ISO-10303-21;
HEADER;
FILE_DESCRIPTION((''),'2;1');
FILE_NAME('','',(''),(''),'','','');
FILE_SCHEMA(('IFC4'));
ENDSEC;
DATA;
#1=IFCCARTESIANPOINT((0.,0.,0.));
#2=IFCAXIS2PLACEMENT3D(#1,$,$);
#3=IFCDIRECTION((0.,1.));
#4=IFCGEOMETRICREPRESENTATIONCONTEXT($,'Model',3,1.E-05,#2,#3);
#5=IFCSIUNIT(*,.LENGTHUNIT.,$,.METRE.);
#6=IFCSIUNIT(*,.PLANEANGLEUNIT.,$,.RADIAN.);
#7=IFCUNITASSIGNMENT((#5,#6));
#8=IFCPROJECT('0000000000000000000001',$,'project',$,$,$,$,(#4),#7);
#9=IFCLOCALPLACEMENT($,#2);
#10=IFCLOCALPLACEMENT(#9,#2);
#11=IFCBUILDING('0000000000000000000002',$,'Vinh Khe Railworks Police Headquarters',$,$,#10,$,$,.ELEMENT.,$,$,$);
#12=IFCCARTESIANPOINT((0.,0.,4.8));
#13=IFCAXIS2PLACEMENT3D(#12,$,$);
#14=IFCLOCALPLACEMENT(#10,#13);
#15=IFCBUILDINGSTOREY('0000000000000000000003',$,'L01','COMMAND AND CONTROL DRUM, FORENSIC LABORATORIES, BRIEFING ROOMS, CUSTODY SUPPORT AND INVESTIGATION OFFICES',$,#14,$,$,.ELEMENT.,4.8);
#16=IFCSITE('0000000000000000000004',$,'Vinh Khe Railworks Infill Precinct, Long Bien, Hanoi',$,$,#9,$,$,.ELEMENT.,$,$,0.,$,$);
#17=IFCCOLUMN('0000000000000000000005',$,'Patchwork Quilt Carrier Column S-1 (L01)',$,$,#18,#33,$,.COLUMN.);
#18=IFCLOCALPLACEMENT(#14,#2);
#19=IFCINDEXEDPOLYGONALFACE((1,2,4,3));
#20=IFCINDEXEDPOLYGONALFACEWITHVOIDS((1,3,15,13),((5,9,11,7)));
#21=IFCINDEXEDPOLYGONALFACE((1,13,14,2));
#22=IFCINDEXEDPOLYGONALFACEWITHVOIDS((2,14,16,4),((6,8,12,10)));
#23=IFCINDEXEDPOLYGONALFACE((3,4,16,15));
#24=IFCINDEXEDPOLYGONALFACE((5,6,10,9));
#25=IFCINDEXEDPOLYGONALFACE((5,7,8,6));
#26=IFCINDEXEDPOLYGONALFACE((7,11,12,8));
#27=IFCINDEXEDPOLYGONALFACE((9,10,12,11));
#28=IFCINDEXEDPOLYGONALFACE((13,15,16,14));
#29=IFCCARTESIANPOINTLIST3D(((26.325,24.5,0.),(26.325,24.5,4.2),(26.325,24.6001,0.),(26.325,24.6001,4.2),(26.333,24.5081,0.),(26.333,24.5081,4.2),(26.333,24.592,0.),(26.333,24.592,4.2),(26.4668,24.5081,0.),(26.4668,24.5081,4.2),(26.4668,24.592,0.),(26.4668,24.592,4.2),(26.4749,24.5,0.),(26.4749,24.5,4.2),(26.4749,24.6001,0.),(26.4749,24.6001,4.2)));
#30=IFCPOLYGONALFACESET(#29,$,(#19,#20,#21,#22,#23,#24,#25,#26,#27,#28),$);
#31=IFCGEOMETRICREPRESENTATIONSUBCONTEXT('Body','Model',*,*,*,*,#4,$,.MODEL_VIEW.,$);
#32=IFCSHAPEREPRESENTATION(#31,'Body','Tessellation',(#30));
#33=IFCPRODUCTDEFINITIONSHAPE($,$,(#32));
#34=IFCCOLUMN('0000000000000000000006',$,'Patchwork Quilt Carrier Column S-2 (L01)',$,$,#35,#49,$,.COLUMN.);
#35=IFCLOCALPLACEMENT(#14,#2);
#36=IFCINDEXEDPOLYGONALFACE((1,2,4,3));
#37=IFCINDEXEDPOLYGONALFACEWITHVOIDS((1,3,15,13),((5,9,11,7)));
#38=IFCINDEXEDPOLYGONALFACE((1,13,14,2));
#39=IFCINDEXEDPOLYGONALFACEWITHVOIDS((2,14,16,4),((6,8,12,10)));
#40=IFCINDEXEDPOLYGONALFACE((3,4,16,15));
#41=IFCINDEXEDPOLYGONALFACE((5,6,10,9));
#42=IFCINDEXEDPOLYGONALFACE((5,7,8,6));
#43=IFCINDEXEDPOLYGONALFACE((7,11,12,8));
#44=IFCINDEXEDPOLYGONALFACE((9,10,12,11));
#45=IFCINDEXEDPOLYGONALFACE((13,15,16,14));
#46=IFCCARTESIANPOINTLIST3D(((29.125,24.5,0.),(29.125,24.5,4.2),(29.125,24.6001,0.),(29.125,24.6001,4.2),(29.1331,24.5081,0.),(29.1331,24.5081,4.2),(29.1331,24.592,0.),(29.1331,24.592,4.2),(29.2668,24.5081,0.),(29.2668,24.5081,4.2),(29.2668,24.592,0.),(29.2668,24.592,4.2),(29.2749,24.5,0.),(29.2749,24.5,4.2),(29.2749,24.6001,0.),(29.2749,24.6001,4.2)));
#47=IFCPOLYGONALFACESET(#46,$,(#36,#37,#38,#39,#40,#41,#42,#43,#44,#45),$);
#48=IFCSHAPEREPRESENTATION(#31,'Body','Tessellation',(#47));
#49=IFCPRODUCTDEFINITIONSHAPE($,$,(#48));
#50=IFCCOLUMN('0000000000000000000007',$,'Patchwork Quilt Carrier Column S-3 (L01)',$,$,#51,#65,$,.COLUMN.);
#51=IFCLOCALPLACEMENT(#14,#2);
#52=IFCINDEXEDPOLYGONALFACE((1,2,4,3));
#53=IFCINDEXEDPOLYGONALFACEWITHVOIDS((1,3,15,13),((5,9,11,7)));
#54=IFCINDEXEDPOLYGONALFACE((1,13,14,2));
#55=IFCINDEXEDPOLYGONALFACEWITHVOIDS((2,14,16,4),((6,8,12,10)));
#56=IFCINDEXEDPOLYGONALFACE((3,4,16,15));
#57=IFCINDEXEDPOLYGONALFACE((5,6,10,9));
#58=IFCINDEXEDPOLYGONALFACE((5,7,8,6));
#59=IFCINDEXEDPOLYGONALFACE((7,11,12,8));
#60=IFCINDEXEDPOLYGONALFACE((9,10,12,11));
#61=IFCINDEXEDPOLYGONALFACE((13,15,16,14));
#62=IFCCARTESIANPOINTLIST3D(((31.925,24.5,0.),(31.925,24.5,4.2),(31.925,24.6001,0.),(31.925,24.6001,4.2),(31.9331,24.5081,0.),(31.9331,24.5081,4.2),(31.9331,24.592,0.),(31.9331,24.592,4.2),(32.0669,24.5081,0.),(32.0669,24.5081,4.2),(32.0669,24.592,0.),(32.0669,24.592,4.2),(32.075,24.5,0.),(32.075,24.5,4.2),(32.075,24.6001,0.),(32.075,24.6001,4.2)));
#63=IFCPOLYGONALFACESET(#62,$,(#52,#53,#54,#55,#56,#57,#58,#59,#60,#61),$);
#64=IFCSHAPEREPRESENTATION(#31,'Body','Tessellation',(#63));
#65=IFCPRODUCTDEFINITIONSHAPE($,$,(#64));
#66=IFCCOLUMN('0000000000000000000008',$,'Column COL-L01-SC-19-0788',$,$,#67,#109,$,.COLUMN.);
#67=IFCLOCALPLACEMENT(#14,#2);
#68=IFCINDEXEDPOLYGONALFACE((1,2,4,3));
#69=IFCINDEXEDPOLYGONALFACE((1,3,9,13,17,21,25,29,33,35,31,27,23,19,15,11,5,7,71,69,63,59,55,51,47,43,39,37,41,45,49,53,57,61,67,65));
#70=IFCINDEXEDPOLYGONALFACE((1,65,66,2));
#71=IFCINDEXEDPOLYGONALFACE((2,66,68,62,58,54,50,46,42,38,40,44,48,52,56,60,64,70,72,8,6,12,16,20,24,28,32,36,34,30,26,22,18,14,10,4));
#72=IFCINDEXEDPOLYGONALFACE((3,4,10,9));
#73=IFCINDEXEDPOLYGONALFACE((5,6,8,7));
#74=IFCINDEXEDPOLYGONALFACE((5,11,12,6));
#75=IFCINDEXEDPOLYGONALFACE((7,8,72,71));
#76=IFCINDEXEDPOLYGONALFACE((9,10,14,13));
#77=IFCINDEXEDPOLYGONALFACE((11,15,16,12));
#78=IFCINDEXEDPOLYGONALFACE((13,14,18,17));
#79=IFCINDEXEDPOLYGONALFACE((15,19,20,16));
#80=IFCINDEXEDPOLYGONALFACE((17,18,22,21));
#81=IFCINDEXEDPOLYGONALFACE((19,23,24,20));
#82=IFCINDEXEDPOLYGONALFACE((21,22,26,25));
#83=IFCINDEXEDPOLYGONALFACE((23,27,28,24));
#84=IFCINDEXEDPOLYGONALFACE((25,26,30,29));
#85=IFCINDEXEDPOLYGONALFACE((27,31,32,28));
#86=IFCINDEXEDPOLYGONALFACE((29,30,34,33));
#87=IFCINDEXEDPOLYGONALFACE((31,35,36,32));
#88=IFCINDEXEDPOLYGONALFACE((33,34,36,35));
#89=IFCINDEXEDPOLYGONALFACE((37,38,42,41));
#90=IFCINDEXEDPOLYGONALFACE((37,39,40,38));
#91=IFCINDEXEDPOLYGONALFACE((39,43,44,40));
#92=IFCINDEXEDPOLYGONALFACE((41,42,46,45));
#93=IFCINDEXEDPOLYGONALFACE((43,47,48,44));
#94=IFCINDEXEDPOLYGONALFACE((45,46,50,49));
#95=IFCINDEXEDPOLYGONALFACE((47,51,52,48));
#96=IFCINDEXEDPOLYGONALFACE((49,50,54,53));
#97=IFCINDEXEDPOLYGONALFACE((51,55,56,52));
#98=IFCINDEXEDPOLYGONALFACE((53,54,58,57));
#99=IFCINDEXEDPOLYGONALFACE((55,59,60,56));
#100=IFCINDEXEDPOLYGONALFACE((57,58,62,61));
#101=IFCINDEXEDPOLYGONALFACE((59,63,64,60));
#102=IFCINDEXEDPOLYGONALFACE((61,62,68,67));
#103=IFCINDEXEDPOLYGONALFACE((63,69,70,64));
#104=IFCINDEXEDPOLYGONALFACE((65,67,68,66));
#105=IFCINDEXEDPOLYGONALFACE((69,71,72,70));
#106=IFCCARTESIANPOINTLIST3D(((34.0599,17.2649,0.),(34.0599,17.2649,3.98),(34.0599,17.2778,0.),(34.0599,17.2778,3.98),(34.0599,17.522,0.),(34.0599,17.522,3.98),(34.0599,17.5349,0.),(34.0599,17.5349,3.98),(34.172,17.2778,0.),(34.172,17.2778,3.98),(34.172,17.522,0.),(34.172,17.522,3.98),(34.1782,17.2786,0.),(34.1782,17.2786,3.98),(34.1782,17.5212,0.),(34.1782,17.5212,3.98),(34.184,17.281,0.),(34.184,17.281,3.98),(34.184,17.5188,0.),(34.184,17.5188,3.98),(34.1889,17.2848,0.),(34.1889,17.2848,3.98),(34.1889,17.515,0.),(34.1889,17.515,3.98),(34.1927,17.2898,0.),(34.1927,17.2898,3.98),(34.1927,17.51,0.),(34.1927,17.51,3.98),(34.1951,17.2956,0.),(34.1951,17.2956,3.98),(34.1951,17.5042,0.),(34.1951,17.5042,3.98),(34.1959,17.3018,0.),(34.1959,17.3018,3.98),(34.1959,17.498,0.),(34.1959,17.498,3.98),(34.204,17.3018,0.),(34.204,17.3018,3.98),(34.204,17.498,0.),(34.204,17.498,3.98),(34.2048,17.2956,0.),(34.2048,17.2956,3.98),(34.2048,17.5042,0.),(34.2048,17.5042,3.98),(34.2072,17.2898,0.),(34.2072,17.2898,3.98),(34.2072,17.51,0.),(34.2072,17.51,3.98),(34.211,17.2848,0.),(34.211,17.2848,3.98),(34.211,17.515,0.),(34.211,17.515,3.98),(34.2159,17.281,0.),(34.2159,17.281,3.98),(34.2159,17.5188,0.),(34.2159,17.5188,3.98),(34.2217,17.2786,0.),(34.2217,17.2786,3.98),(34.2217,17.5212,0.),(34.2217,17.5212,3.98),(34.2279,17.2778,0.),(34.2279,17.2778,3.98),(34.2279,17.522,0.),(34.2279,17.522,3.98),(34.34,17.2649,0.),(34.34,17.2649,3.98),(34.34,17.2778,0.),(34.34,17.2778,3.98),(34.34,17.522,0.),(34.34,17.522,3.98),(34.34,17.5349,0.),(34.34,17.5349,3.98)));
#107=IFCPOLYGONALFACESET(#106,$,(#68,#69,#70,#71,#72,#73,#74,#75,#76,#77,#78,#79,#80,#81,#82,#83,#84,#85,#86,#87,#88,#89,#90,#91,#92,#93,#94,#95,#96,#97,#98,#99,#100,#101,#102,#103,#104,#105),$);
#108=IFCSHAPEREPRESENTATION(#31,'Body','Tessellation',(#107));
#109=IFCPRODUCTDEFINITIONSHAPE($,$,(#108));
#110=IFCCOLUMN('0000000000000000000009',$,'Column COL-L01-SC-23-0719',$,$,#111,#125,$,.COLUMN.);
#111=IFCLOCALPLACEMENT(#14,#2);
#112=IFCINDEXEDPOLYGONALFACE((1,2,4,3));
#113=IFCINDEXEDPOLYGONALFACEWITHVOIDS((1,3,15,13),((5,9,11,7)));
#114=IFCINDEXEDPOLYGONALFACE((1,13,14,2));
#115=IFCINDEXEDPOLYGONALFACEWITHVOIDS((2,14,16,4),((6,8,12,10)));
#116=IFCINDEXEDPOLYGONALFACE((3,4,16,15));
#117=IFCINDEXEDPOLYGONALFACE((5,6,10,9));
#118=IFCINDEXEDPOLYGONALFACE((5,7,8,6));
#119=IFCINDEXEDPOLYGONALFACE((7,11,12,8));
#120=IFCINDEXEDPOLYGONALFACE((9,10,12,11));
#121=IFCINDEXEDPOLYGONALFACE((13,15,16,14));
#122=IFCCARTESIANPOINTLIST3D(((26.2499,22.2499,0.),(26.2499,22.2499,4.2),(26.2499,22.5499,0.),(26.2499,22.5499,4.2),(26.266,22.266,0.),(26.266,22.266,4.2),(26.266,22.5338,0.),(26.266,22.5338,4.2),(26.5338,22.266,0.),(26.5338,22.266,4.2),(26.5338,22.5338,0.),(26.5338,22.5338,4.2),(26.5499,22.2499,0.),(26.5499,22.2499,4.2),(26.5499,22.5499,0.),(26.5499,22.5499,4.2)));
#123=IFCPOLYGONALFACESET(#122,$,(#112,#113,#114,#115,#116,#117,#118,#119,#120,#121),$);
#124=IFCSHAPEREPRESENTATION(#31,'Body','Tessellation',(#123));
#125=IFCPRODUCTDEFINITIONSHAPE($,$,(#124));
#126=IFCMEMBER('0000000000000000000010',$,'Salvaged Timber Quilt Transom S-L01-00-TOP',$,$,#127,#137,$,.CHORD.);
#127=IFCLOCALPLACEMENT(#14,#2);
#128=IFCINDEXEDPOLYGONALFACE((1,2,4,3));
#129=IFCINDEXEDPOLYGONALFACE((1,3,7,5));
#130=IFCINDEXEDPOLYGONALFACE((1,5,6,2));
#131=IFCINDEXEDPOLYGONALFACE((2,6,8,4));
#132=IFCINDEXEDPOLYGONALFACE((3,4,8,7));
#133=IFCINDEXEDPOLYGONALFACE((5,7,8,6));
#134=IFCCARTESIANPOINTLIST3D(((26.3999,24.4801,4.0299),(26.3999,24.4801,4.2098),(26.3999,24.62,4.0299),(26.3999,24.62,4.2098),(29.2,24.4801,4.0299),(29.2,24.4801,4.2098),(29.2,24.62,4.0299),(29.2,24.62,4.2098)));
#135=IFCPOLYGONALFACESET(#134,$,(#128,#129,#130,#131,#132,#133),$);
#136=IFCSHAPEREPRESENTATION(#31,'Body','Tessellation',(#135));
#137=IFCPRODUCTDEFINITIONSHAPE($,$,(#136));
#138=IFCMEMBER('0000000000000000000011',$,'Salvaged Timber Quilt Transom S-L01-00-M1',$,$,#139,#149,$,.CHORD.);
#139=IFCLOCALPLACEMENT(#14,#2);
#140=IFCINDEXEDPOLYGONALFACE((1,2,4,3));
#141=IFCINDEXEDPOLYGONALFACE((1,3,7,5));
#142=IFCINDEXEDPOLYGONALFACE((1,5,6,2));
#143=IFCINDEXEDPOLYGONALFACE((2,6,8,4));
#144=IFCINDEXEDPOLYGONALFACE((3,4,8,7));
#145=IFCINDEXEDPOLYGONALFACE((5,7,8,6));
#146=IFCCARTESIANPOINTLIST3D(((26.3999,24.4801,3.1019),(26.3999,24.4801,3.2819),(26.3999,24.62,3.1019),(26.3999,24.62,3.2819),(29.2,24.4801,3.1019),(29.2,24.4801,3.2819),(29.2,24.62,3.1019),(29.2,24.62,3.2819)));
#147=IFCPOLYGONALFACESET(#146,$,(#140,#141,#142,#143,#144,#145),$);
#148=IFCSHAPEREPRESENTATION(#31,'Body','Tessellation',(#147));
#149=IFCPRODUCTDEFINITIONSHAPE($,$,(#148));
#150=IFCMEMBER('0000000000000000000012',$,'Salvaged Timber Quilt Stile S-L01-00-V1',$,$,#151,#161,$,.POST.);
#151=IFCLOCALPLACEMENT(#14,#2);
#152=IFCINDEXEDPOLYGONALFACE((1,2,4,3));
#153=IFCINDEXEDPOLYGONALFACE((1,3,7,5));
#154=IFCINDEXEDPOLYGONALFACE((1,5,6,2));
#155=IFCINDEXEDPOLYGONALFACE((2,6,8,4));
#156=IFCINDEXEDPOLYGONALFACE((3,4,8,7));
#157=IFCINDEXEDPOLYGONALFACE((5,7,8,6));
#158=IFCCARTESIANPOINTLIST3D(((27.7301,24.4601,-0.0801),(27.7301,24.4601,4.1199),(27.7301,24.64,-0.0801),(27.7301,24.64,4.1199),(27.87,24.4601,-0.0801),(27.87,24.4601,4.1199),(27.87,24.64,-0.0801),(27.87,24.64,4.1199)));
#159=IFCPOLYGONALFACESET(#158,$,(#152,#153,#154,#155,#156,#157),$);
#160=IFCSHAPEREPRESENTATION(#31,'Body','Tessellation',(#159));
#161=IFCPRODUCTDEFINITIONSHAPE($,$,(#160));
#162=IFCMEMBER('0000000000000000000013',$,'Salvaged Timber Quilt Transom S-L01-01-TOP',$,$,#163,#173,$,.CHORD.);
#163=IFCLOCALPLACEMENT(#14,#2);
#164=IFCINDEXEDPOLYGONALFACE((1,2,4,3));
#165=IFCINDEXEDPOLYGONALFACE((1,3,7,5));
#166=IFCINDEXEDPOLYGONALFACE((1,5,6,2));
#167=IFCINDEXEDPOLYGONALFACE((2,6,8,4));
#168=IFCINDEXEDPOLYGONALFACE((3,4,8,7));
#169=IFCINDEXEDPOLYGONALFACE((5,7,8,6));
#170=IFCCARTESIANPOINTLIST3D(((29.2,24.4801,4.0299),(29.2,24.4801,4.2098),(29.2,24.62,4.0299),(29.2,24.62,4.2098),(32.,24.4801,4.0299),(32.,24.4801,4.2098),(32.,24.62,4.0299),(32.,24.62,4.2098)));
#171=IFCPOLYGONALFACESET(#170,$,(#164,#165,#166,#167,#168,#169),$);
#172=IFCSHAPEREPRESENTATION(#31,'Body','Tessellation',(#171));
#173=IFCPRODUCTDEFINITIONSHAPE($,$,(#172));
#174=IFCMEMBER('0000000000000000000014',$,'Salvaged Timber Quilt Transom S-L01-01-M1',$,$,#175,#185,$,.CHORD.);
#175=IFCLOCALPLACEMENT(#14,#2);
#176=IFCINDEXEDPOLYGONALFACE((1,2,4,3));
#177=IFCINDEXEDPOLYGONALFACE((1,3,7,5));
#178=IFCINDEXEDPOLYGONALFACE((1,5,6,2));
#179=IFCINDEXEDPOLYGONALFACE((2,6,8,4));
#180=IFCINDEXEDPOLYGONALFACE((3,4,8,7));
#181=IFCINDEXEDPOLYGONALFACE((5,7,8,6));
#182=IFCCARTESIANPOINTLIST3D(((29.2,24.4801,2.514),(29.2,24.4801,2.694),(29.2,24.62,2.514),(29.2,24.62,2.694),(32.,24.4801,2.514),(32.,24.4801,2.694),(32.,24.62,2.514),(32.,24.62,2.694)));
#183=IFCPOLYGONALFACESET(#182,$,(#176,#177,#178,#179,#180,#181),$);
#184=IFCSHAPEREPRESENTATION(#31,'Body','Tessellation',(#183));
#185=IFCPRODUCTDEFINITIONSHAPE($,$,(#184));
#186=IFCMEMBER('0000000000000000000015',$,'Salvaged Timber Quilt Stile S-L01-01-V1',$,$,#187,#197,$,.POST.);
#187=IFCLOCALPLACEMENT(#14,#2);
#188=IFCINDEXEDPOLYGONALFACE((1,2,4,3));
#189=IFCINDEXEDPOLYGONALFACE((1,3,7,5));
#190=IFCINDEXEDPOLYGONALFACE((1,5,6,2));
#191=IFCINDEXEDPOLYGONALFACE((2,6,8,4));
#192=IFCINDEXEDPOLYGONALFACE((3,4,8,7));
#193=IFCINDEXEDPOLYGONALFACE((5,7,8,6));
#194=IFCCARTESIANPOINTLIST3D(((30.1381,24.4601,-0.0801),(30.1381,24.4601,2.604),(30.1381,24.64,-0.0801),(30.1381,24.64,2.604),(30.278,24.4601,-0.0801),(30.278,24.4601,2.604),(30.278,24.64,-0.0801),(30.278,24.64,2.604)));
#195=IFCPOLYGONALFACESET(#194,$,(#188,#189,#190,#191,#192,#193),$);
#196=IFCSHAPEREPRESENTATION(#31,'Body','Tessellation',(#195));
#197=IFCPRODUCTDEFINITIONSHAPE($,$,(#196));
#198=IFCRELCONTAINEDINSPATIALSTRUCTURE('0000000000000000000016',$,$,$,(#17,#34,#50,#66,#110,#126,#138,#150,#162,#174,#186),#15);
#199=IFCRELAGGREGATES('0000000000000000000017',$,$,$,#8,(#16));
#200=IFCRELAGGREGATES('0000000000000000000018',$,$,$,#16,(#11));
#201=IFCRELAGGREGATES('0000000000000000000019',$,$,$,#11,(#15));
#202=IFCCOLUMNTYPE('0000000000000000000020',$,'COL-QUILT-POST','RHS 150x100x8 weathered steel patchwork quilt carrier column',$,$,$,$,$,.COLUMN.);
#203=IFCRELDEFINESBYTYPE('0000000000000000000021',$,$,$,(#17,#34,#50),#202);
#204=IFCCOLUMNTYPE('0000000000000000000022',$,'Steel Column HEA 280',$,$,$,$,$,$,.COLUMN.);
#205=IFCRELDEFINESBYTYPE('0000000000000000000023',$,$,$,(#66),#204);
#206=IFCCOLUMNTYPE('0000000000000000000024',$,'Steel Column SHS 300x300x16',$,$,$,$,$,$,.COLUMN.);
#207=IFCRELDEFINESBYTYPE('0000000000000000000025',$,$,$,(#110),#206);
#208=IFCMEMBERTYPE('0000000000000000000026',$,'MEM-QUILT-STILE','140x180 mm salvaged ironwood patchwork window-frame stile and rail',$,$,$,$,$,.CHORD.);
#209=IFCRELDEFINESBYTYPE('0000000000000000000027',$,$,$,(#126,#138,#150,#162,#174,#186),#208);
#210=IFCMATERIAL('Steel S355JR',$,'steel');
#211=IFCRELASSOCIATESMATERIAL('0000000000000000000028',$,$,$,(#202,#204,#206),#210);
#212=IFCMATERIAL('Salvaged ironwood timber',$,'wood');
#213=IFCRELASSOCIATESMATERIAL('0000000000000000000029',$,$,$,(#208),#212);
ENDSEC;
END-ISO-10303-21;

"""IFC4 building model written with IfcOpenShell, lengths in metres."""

from ifc_helpers import new_model, si_unit, direction, frame, origin, origin_2d, place, context, subcontext, project, spatial, rectangle, hollow_rectangle, i_section, extrude, material, material_profile, profile_set, type_object, element, save


model = new_model("IFC4")

# Units and contexts
model_context = context("Model", 3, precision=1e-05, world=origin(), true_north=direction((0.0, 1.0)))
body_context = subcontext(model_context, "Body", "Model", "MODEL_VIEW")
ifc_project = project(units=[si_unit("LENGTHUNIT", "METRE"), si_unit("PLANEANGLEUNIT", "RADIAN")], contexts=[model_context])

# Site, building, storey
site_placement = place(None, origin())
site = spatial("IfcSite", under=ifc_project, at=site_placement, Name="Vinh Khe Railworks Infill Precinct, Long Bien, Hanoi", CompositionType="ELEMENT", RefElevation=0.0)
building_placement = place(site_placement, origin())
building = spatial("IfcBuilding", under=site, at=building_placement, Name="Vinh Khe Railworks Police Headquarters", CompositionType="ELEMENT")
storey_placement = place(building_placement, frame((0.0, 0.0, 4.8)))
storey = spatial("IfcBuildingStorey", under=building, at=storey_placement, Name="L01", Description="COMMAND AND CONTROL DRUM, FORENSIC LABORATORIES, BRIEFING ROOMS, CUSTODY SUPPORT AND INVESTIGATION OFFICES", CompositionType="ELEMENT", Elevation=4.8)

# Columns
ifc_material_1 = material(Name="Steel S355JR", Category="steel")
ifc_material_profile_1 = material_profile(ifc_material_1, hollow_rectangle(XDim=0.1499, YDim=0.1001, WallThickness=0.0081, at=origin_2d()), Name="RHS 150x100x8")
ifc_profile_set_1 = profile_set([ifc_material_profile_1], Name="Steel S355JR")
column_type_1 = type_object("IfcColumnType", Name="COL-QUILT-POST", Description="RHS 150x100x8 weathered steel patchwork quilt carrier column", PredefinedType="COLUMN", material=ifc_profile_set_1)
for number, where, z_axis, x_axis, name in (
    (1, (26.3999, 24.55, 0.0), (0.0, 0.0, 1.0), (1.0, 0.0, 0.0), "Patchwork Quilt Carrier Column S-1 (L01)"),
    (2, (29.2, 24.55, 0.0), (0.0, 0.0, 1.0), (1.0, 0.0, 0.0), "Patchwork Quilt Carrier Column S-2 (L01)"),
    (3, (32.0, 24.55, 0.0), (0.0, 0.0, 1.0), (1.0, 0.0, 0.0), "Patchwork Quilt Carrier Column S-3 (L01)"),
):
    element("IfcColumn", number, at=place(storey_placement, frame(where, z_axis=z_axis, x_axis=x_axis)), inside=storey, type_object=column_type_1, Name=name, PredefinedType="COLUMN", context=body_context, shape_type="SweptSolid", body=[
        extrude(hollow_rectangle(XDim=0.1499, YDim=0.1001, WallThickness=0.0081, at=origin_2d()), origin(), (0.0, 0.0, 1.0), 4.2),
    ])
ifc_material_profile_2 = material_profile(ifc_material_1, i_section(OverallWidth=0.28, OverallDepth=0.27, WebThickness=0.0081, FlangeThickness=0.0129, FilletRadius=0.0239, at=origin_2d()), Name="HEA 280")
ifc_profile_set_2 = profile_set([ifc_material_profile_2], Name="Steel S355JR")
column_type_2 = type_object("IfcColumnType", Name="Steel Column HEA 280", PredefinedType="COLUMN", material=ifc_profile_set_2)
column_1_placement = place(storey_placement, frame((34.2, 17.3999, 0.0), z_axis=(0.0, 0.0, 1.0), x_axis=(1.0, 0.0, 0.0)))
element("IfcColumn", 4, at=column_1_placement, inside=storey, type_object=column_type_2, Name="Column COL-L01-SC-19-0788", PredefinedType="COLUMN", context=body_context, shape_type="SweptSolid", body=[
    extrude(i_section(OverallWidth=0.28, OverallDepth=0.27, WebThickness=0.0081, FlangeThickness=0.0129, FilletRadius=0.0239, at=origin_2d()), origin(), (0.0, 0.0, 1.0), 3.98),
])
ifc_material_profile_3 = material_profile(ifc_material_1, hollow_rectangle(XDim=0.3, YDim=0.3, WallThickness=0.0161, at=origin_2d()), Name="SHS 300x300x16")
ifc_profile_set_3 = profile_set([ifc_material_profile_3], Name="Steel S355JR")
column_type_3 = type_object("IfcColumnType", Name="Steel Column SHS 300x300x16", PredefinedType="COLUMN", material=ifc_profile_set_3)
column_2_placement = place(storey_placement, frame((26.3999, 22.3999, 0.0), z_axis=(0.0, 0.0, 1.0), x_axis=(1.0, 0.0, 0.0)))
element("IfcColumn", 5, at=column_2_placement, inside=storey, type_object=column_type_3, Name="Column COL-L01-SC-23-0719", PredefinedType="COLUMN", context=body_context, shape_type="SweptSolid", body=[
    extrude(hollow_rectangle(XDim=0.3, YDim=0.3, WallThickness=0.0161, at=origin_2d()), origin(), (0.0, 0.0, 1.0), 4.2),
])

# Members
ifc_material_2 = material(Name="Salvaged ironwood timber", Category="wood")
ifc_material_profile_4 = material_profile(ifc_material_2, rectangle(XDim=0.1399, YDim=0.1799, at=origin_2d()), Name="TIMBER 140x180")
ifc_profile_set_4 = profile_set([ifc_material_profile_4], Name="Salvaged ironwood timber")
member_type = type_object("IfcMemberType", Name="MEM-QUILT-STILE", Description="140x180 mm salvaged ironwood patchwork window-frame stile and rail", PredefinedType="CHORD", material=ifc_profile_set_4)
for number, where, z_axis, x_axis, name in (
    (6, (26.3999, 24.55, 4.1199), (1.0, 0.0, 0.0), (0.0, 1.0, 0.0), "Salvaged Timber Quilt Transom S-L01-00-TOP"),
    (7, (26.3999, 24.55, 3.1919), (1.0, 0.0, 0.0), (0.0, 1.0, 0.0), "Salvaged Timber Quilt Transom S-L01-00-M1"),
):
    element("IfcMember", number, at=place(storey_placement, frame(where, z_axis=z_axis, x_axis=x_axis)), inside=storey, type_object=member_type, Name=name, PredefinedType="CHORD", context=body_context, shape_type="SweptSolid", body=[
        extrude(rectangle(XDim=0.1399, YDim=0.1799, at=origin_2d()), origin(), (0.0, 0.0, 1.0), 2.8),
    ])
member_1_placement = place(storey_placement, frame((27.8, 24.55, -0.0801), z_axis=(0.0, 0.0, 1.0), x_axis=(1.0, 0.0, 0.0)))
element("IfcMember", 8, at=member_1_placement, inside=storey, type_object=member_type, Name="Salvaged Timber Quilt Stile S-L01-00-V1", PredefinedType="POST", context=body_context, shape_type="SweptSolid", body=[
    extrude(rectangle(XDim=0.1399, YDim=0.1799, at=origin_2d()), origin(), (0.0, 0.0, 1.0), 4.2),
])
for number, where, z_axis, x_axis, name in (
    (9, (29.2, 24.55, 4.1199), (1.0, 0.0, 0.0), (0.0, 1.0, 0.0), "Salvaged Timber Quilt Transom S-L01-01-TOP"),
    (10, (29.2, 24.55, 2.604), (1.0, 0.0, 0.0), (0.0, 1.0, 0.0), "Salvaged Timber Quilt Transom S-L01-01-M1"),
):
    element("IfcMember", number, at=place(storey_placement, frame(where, z_axis=z_axis, x_axis=x_axis)), inside=storey, type_object=member_type, Name=name, PredefinedType="CHORD", context=body_context, shape_type="SweptSolid", body=[
        extrude(rectangle(XDim=0.1399, YDim=0.1799, at=origin_2d()), origin(), (0.0, 0.0, 1.0), 2.8),
    ])
member_2_placement = place(storey_placement, frame((30.208, 24.55, -0.0801), z_axis=(0.0, 0.0, 1.0), x_axis=(1.0, 0.0, 0.0)))
element("IfcMember", 11, at=member_2_placement, inside=storey, type_object=member_type, Name="Salvaged Timber Quilt Stile S-L01-01-V1", PredefinedType="POST", context=body_context, shape_type="SweptSolid", body=[
    extrude(rectangle(XDim=0.1399, YDim=0.1799, at=origin_2d()), origin(), (0.0, 0.0, 1.0), 2.6841),
])

save(model, "model.ifc")
